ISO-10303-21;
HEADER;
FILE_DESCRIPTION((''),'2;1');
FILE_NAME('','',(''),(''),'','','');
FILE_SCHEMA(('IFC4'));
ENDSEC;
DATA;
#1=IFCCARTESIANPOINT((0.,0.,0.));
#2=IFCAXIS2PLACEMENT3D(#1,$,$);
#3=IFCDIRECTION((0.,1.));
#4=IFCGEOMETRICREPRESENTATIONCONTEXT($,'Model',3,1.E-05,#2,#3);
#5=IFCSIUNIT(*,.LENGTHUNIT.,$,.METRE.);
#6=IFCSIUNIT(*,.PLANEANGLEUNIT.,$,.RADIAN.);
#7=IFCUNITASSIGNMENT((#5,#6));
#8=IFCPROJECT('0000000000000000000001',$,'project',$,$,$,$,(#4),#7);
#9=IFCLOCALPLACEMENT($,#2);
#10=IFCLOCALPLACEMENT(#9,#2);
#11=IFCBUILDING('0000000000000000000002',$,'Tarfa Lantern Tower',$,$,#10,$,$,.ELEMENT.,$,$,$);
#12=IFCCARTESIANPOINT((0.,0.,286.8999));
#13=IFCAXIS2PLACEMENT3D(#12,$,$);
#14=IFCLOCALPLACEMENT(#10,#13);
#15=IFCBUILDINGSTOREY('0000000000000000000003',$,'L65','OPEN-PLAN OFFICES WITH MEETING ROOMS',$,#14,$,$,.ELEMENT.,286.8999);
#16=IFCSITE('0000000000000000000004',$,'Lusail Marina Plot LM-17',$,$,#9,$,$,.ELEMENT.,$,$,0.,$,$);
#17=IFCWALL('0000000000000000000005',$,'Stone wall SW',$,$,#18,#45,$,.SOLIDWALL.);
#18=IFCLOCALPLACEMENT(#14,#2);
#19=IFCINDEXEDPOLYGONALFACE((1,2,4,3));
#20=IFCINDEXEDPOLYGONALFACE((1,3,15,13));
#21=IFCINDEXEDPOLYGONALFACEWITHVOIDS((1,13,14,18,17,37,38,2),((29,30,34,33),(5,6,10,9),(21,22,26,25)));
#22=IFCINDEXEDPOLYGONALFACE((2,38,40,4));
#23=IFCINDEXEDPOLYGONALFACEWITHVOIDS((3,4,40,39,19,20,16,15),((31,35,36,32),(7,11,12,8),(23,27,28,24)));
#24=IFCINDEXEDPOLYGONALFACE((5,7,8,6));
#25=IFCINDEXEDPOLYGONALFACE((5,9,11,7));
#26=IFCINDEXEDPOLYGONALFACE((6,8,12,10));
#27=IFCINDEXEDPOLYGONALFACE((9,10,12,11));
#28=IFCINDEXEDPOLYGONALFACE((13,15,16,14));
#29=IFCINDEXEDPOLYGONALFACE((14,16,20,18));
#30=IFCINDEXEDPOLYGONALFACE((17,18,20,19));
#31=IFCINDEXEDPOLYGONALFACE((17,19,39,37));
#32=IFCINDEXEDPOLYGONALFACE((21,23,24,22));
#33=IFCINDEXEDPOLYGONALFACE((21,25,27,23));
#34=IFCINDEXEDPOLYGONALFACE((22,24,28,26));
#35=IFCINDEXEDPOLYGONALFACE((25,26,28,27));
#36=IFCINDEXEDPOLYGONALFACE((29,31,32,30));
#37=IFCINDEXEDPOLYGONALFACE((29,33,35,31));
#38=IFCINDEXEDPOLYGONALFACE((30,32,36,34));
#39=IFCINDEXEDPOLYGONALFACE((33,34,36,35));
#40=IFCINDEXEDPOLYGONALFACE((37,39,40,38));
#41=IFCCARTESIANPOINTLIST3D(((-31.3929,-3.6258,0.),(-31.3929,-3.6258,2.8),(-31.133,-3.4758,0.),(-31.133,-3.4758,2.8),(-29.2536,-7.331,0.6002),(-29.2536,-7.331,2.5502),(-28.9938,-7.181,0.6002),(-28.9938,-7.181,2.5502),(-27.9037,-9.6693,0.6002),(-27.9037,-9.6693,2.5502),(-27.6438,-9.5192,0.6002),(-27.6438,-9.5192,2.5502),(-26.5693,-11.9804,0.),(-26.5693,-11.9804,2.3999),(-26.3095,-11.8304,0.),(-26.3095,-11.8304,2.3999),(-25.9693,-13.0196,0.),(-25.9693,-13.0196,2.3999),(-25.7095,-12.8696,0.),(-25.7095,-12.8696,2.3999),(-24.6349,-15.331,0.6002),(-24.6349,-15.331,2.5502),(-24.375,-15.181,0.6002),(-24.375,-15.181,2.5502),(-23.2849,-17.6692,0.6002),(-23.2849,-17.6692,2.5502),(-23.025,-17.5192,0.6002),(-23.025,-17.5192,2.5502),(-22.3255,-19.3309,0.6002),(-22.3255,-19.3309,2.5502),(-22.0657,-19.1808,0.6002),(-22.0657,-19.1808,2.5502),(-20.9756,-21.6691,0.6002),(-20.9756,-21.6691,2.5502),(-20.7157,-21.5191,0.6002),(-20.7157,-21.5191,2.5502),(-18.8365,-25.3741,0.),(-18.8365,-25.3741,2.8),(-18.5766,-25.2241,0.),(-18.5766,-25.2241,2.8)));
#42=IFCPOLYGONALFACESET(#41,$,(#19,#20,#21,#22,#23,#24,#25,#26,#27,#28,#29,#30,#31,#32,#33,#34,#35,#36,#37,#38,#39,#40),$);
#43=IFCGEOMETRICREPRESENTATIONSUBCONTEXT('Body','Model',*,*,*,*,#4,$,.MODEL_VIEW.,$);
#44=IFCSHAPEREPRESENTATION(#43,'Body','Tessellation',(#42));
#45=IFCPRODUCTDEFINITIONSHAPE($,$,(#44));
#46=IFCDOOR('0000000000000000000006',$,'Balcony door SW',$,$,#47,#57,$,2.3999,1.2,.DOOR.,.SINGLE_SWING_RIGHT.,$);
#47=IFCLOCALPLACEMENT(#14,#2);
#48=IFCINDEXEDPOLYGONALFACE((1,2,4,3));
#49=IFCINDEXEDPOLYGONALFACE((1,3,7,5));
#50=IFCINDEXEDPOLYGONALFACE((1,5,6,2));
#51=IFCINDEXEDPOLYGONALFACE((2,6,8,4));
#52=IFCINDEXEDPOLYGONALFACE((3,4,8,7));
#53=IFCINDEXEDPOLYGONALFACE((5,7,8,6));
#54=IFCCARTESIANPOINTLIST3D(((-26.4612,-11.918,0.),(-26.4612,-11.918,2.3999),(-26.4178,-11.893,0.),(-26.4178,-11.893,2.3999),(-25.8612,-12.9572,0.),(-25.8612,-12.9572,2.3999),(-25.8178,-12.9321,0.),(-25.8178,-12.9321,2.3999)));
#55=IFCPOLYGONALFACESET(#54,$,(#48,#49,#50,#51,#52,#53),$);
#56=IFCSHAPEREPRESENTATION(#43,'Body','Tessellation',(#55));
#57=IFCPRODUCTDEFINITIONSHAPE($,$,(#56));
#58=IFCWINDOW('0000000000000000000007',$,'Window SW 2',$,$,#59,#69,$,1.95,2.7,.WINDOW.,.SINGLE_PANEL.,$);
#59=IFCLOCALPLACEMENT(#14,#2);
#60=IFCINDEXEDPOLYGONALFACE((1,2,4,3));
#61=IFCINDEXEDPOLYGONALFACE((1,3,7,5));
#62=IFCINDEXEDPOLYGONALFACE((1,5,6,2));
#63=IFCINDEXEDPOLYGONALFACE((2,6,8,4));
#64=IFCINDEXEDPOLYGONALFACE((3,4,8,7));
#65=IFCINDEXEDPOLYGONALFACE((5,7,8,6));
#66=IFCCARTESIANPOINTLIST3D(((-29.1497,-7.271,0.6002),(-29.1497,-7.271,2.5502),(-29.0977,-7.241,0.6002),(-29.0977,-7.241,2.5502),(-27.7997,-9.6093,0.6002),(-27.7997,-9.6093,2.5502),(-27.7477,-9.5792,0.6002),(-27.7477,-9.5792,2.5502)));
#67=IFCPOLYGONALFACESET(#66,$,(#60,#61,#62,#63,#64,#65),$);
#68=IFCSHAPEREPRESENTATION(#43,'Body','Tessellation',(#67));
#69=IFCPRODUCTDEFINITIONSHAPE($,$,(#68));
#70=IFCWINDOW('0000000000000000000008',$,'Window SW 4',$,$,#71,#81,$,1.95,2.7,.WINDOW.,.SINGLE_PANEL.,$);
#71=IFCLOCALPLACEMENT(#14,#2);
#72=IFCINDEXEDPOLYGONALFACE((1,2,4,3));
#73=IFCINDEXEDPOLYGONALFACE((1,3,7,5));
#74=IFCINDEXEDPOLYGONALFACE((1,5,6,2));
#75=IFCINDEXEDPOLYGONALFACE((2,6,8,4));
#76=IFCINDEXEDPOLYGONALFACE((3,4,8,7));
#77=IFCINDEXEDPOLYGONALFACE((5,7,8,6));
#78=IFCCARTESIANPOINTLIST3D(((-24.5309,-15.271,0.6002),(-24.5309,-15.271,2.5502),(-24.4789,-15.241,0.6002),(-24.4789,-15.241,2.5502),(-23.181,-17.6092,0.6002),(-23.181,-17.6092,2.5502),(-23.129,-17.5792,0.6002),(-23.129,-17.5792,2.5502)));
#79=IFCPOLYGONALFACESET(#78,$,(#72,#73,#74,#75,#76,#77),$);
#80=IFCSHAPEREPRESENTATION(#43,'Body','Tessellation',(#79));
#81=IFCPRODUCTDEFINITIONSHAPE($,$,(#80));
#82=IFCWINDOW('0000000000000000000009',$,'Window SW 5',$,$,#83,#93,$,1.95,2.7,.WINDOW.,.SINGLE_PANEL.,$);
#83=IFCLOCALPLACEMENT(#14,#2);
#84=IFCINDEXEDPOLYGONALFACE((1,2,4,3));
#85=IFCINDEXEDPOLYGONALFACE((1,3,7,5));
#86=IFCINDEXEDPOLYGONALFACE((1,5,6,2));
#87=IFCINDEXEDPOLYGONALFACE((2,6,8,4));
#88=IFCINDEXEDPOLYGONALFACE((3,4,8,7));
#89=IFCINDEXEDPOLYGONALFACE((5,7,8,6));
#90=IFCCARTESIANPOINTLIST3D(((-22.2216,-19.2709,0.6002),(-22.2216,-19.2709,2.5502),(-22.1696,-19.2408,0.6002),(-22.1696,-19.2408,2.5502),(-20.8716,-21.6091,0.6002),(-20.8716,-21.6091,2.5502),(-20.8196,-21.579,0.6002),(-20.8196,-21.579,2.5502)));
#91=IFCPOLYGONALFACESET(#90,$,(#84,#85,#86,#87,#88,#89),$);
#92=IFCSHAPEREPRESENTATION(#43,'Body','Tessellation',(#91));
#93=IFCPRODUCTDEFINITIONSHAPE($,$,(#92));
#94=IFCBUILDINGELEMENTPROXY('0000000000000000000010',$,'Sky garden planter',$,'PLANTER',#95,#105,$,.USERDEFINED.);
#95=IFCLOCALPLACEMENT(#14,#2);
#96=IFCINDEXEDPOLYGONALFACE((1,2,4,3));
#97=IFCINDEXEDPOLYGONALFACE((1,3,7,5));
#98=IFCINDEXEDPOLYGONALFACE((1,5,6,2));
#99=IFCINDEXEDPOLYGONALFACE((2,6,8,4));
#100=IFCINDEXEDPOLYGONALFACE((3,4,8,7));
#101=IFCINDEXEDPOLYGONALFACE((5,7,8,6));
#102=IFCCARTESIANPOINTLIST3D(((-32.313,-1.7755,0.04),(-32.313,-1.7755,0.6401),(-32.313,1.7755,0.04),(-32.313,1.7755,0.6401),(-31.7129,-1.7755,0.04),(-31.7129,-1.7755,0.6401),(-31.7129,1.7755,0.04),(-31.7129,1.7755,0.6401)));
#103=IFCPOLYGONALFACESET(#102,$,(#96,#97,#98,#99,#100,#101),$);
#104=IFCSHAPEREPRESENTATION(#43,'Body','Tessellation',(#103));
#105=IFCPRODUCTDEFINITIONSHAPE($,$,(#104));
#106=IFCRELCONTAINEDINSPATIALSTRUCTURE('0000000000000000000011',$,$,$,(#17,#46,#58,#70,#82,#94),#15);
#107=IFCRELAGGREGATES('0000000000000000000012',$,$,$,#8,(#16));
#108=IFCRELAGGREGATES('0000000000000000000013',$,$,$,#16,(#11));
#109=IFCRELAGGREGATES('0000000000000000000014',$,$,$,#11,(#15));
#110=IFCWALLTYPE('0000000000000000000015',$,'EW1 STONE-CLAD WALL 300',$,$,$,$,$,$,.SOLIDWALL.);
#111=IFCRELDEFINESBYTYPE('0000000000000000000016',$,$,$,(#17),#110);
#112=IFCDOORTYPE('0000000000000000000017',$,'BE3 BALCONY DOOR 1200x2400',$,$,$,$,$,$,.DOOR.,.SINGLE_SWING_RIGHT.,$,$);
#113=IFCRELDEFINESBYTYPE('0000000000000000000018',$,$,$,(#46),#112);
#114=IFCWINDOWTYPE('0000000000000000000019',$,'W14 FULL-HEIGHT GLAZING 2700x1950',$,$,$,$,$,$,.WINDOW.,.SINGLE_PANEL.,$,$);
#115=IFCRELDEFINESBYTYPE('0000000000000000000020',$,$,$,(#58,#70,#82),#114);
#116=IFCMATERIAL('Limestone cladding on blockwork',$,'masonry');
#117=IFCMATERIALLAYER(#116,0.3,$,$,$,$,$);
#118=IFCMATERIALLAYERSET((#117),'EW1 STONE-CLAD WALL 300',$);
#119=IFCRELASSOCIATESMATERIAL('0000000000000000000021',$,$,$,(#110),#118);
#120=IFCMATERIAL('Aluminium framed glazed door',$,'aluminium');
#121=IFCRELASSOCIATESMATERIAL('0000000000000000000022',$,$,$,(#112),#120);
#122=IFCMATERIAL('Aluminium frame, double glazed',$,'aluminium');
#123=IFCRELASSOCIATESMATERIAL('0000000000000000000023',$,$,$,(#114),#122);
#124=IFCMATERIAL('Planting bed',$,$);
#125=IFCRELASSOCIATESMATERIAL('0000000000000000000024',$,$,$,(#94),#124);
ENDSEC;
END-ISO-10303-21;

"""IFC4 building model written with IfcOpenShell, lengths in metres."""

from ifc_helpers import new_model, si_unit, direction, frame, frame_2d, origin, origin_2d, place, context, subcontext, project, spatial, rectangle, extrude, material, layer, layer_set, type_object, element, fill, save


model = new_model("IFC4")

# Units and contexts
model_context = context("Model", 3, precision=1e-05, world=origin(), true_north=direction((0.0, 1.0)))
body_context = subcontext(model_context, "Body", "Model", "MODEL_VIEW")
ifc_project = project(units=[si_unit("LENGTHUNIT", "METRE"), si_unit("PLANEANGLEUNIT", "RADIAN")], contexts=[model_context])

# Site, building, storey
site_placement = place(None, origin())
site = spatial("IfcSite", under=ifc_project, at=site_placement, Name="Lusail Marina Plot LM-17", CompositionType="ELEMENT", RefElevation=0.0)
building_placement = place(site_placement, origin())
building = spatial("IfcBuilding", under=site, at=building_placement, Name="Tarfa Lantern Tower", CompositionType="ELEMENT")
storey_placement = place(building_placement, frame((0.0, 0.0, 286.8999)))
storey = spatial("IfcBuildingStorey", under=building, at=storey_placement, Name="L65", Description="OPEN-PLAN OFFICES WITH MEETING ROOMS", CompositionType="ELEMENT", Elevation=286.8999)

# Wall, openings, door, windows
ifc_material_1 = material(Name="Limestone cladding on blockwork", Category="masonry")
ifc_layer_1 = layer(ifc_material_1, 0.3)
ifc_layer_set_1 = layer_set([ifc_layer_1], Name="EW1 STONE-CLAD WALL 300")
wall_type = type_object("IfcWallType", Name="EW1 STONE-CLAD WALL 300", PredefinedType="SOLIDWALL", material=ifc_layer_set_1)
wall_placement = place(storey_placement, frame((-31.2629, -3.5508, 0.0), z_axis=(0.0, 0.0, 1.0), x_axis=(0.5, -0.866025, 0.0)))
wall = element("IfcWall", 1, at=wall_placement, inside=storey, type_object=wall_type, Name="Stone wall SW", PredefinedType="SOLIDWALL", context=body_context, shape_type="SweptSolid", body=[
    extrude(rectangle(XDim=25.1128, YDim=0.3, at=frame_2d((12.5564, 0.0))), origin(), (0.0, 0.0, 1.0), 2.8),
])
opening_1_placement = place(wall_placement, frame((4.2783, 0.0, 0.6001)))
opening_1 = element("IfcOpeningElement", 2, at=opening_1_placement, cuts=wall, PredefinedType="OPENING", context=body_context, shape_type="SweptSolid", body=[
    extrude(rectangle(XDim=2.7, YDim=1.95, at=frame_2d((1.3501, 0.9751))), frame((0.0, 0.1599, 0.0), z_axis=(0.0, -1.0, 0.0), x_axis=(1.0, 0.0, 0.0)), (0.0, 0.0, 1.0), 0.3201),
])
opening_2_placement = place(wall_placement, frame((9.647, 0.0, 0.0)))
opening_2 = element("IfcOpeningElement", 3, at=opening_2_placement, cuts=wall, PredefinedType="OPENING", context=body_context, shape_type="SweptSolid", body=[
    extrude(rectangle(XDim=1.2, YDim=2.3999, at=frame_2d((0.6001, 1.2))), frame((0.0, 0.1599, 0.0), z_axis=(0.0, -1.0, 0.0), x_axis=(1.0, 0.0, 0.0)), (0.0, 0.0, 1.0), 0.3201),
])
opening_3_placement = place(wall_placement, frame((13.5159, 0.0, 0.6001)))
opening_3 = element("IfcOpeningElement", 4, at=opening_3_placement, cuts=wall, PredefinedType="OPENING", context=body_context, shape_type="SweptSolid", body=[
    extrude(rectangle(XDim=2.7, YDim=1.95, at=frame_2d((1.3501, 0.9751))), frame((0.0, 0.1599, 0.0), z_axis=(0.0, -1.0, 0.0), x_axis=(1.0, 0.0, 0.0)), (0.0, 0.0, 1.0), 0.3201),
])
opening_4_placement = place(wall_placement, frame((18.1345, 0.0, 0.6001)))
opening_4 = element("IfcOpeningElement", 5, at=opening_4_placement, cuts=wall, PredefinedType="OPENING", context=body_context, shape_type="SweptSolid", body=[
    extrude(rectangle(XDim=2.7, YDim=1.95, at=frame_2d((1.3501, 0.9751))), frame((0.0, 0.1599, 0.0), z_axis=(0.0, -1.0, 0.0), x_axis=(1.0, 0.0, 0.0)), (0.0, 0.0, 1.0), 0.3201),
])
ifc_material_2 = material(Name="Aluminium framed glazed door", Category="aluminium")
door_type = type_object("IfcDoorType", Name="BE3 BALCONY DOOR 1200x2400", OperationType="SINGLE_SWING_RIGHT", PredefinedType="DOOR", material=ifc_material_2)
door_placement = place(opening_2_placement, origin())
door = element("IfcDoor", 6, at=door_placement, inside=storey, type_object=door_type, Name="Balcony door SW", OperationType="SINGLE_SWING_RIGHT", OverallHeight=2.3999, OverallWidth=1.2, PredefinedType="DOOR", context=body_context, shape_type="SweptSolid", body=[
    extrude(rectangle(XDim=1.2, YDim=2.3999, at=frame_2d((0.6001, 1.2))), frame((0.0, 0.0249, 0.0), z_axis=(0.0, -1.0, 0.0), x_axis=(1.0, 0.0, 0.0)), (0.0, 0.0, 1.0), 0.05),
])
fill(opening_2, door)
ifc_material_3 = material(Name="Aluminium frame, double glazed", Category="aluminium")
window_type = type_object("IfcWindowType", Name="W14 FULL-HEIGHT GLAZING 2700x1950", PartitioningType="SINGLE_PANEL", PredefinedType="WINDOW", material=ifc_material_3)
window_1_placement = place(opening_1_placement, origin())
window_1 = element("IfcWindow", 7, at=window_1_placement, inside=storey, type_object=window_type, Name="Window SW 2", OverallHeight=1.95, OverallWidth=2.7, PartitioningType="SINGLE_PANEL", PredefinedType="WINDOW", context=body_context, shape_type="SweptSolid", body=[
    extrude(rectangle(XDim=2.7, YDim=1.95, at=frame_2d((1.3501, 0.9751))), frame((0.0, 0.03, 0.0), z_axis=(0.0, -1.0, 0.0), x_axis=(1.0, 0.0, 0.0)), (0.0, 0.0, 1.0), 0.0601),
])
fill(opening_1, window_1)
window_2_placement = place(opening_3_placement, origin())
window_2 = element("IfcWindow", 8, at=window_2_placement, inside=storey, type_object=window_type, Name="Window SW 4", OverallHeight=1.95, OverallWidth=2.7, PartitioningType="SINGLE_PANEL", PredefinedType="WINDOW", context=body_context, shape_type="SweptSolid", body=[
    extrude(rectangle(XDim=2.7, YDim=1.95, at=frame_2d((1.3501, 0.9751))), frame((0.0, 0.03, 0.0), z_axis=(0.0, -1.0, 0.0), x_axis=(1.0, 0.0, 0.0)), (0.0, 0.0, 1.0), 0.0601),
])
fill(opening_3, window_2)
window_3_placement = place(opening_4_placement, origin())
window_3 = element("IfcWindow", 9, at=window_3_placement, inside=storey, type_object=window_type, Name="Window SW 5", OverallHeight=1.95, OverallWidth=2.7, PartitioningType="SINGLE_PANEL", PredefinedType="WINDOW", context=body_context, shape_type="SweptSolid", body=[
    extrude(rectangle(XDim=2.7, YDim=1.95, at=frame_2d((1.3501, 0.9751))), frame((0.0, 0.03, 0.0), z_axis=(0.0, -1.0, 0.0), x_axis=(1.0, 0.0, 0.0)), (0.0, 0.0, 1.0), 0.0601),
])
fill(opening_4, window_3)

# Building element proxy
ifc_material_4 = material(Name="Planting bed")
proxy_placement = place(storey_placement, frame((-32.0129, 0.0, 0.04), z_axis=(0.0, 0.0, 1.0), x_axis=(0.0, -1.0, 0.0)))
element("IfcBuildingElementProxy", 10, at=proxy_placement, inside=storey, material=ifc_material_4, Name="Sky garden planter", ObjectType="PLANTER", PredefinedType="USERDEFINED", context=body_context, shape_type="SweptSolid", body=[
    extrude(rectangle(XDim=3.551, YDim=0.6001, at=origin_2d()), origin(), (0.0, 0.0, 1.0), 0.6001),
])

save(model, "model.ifc")
